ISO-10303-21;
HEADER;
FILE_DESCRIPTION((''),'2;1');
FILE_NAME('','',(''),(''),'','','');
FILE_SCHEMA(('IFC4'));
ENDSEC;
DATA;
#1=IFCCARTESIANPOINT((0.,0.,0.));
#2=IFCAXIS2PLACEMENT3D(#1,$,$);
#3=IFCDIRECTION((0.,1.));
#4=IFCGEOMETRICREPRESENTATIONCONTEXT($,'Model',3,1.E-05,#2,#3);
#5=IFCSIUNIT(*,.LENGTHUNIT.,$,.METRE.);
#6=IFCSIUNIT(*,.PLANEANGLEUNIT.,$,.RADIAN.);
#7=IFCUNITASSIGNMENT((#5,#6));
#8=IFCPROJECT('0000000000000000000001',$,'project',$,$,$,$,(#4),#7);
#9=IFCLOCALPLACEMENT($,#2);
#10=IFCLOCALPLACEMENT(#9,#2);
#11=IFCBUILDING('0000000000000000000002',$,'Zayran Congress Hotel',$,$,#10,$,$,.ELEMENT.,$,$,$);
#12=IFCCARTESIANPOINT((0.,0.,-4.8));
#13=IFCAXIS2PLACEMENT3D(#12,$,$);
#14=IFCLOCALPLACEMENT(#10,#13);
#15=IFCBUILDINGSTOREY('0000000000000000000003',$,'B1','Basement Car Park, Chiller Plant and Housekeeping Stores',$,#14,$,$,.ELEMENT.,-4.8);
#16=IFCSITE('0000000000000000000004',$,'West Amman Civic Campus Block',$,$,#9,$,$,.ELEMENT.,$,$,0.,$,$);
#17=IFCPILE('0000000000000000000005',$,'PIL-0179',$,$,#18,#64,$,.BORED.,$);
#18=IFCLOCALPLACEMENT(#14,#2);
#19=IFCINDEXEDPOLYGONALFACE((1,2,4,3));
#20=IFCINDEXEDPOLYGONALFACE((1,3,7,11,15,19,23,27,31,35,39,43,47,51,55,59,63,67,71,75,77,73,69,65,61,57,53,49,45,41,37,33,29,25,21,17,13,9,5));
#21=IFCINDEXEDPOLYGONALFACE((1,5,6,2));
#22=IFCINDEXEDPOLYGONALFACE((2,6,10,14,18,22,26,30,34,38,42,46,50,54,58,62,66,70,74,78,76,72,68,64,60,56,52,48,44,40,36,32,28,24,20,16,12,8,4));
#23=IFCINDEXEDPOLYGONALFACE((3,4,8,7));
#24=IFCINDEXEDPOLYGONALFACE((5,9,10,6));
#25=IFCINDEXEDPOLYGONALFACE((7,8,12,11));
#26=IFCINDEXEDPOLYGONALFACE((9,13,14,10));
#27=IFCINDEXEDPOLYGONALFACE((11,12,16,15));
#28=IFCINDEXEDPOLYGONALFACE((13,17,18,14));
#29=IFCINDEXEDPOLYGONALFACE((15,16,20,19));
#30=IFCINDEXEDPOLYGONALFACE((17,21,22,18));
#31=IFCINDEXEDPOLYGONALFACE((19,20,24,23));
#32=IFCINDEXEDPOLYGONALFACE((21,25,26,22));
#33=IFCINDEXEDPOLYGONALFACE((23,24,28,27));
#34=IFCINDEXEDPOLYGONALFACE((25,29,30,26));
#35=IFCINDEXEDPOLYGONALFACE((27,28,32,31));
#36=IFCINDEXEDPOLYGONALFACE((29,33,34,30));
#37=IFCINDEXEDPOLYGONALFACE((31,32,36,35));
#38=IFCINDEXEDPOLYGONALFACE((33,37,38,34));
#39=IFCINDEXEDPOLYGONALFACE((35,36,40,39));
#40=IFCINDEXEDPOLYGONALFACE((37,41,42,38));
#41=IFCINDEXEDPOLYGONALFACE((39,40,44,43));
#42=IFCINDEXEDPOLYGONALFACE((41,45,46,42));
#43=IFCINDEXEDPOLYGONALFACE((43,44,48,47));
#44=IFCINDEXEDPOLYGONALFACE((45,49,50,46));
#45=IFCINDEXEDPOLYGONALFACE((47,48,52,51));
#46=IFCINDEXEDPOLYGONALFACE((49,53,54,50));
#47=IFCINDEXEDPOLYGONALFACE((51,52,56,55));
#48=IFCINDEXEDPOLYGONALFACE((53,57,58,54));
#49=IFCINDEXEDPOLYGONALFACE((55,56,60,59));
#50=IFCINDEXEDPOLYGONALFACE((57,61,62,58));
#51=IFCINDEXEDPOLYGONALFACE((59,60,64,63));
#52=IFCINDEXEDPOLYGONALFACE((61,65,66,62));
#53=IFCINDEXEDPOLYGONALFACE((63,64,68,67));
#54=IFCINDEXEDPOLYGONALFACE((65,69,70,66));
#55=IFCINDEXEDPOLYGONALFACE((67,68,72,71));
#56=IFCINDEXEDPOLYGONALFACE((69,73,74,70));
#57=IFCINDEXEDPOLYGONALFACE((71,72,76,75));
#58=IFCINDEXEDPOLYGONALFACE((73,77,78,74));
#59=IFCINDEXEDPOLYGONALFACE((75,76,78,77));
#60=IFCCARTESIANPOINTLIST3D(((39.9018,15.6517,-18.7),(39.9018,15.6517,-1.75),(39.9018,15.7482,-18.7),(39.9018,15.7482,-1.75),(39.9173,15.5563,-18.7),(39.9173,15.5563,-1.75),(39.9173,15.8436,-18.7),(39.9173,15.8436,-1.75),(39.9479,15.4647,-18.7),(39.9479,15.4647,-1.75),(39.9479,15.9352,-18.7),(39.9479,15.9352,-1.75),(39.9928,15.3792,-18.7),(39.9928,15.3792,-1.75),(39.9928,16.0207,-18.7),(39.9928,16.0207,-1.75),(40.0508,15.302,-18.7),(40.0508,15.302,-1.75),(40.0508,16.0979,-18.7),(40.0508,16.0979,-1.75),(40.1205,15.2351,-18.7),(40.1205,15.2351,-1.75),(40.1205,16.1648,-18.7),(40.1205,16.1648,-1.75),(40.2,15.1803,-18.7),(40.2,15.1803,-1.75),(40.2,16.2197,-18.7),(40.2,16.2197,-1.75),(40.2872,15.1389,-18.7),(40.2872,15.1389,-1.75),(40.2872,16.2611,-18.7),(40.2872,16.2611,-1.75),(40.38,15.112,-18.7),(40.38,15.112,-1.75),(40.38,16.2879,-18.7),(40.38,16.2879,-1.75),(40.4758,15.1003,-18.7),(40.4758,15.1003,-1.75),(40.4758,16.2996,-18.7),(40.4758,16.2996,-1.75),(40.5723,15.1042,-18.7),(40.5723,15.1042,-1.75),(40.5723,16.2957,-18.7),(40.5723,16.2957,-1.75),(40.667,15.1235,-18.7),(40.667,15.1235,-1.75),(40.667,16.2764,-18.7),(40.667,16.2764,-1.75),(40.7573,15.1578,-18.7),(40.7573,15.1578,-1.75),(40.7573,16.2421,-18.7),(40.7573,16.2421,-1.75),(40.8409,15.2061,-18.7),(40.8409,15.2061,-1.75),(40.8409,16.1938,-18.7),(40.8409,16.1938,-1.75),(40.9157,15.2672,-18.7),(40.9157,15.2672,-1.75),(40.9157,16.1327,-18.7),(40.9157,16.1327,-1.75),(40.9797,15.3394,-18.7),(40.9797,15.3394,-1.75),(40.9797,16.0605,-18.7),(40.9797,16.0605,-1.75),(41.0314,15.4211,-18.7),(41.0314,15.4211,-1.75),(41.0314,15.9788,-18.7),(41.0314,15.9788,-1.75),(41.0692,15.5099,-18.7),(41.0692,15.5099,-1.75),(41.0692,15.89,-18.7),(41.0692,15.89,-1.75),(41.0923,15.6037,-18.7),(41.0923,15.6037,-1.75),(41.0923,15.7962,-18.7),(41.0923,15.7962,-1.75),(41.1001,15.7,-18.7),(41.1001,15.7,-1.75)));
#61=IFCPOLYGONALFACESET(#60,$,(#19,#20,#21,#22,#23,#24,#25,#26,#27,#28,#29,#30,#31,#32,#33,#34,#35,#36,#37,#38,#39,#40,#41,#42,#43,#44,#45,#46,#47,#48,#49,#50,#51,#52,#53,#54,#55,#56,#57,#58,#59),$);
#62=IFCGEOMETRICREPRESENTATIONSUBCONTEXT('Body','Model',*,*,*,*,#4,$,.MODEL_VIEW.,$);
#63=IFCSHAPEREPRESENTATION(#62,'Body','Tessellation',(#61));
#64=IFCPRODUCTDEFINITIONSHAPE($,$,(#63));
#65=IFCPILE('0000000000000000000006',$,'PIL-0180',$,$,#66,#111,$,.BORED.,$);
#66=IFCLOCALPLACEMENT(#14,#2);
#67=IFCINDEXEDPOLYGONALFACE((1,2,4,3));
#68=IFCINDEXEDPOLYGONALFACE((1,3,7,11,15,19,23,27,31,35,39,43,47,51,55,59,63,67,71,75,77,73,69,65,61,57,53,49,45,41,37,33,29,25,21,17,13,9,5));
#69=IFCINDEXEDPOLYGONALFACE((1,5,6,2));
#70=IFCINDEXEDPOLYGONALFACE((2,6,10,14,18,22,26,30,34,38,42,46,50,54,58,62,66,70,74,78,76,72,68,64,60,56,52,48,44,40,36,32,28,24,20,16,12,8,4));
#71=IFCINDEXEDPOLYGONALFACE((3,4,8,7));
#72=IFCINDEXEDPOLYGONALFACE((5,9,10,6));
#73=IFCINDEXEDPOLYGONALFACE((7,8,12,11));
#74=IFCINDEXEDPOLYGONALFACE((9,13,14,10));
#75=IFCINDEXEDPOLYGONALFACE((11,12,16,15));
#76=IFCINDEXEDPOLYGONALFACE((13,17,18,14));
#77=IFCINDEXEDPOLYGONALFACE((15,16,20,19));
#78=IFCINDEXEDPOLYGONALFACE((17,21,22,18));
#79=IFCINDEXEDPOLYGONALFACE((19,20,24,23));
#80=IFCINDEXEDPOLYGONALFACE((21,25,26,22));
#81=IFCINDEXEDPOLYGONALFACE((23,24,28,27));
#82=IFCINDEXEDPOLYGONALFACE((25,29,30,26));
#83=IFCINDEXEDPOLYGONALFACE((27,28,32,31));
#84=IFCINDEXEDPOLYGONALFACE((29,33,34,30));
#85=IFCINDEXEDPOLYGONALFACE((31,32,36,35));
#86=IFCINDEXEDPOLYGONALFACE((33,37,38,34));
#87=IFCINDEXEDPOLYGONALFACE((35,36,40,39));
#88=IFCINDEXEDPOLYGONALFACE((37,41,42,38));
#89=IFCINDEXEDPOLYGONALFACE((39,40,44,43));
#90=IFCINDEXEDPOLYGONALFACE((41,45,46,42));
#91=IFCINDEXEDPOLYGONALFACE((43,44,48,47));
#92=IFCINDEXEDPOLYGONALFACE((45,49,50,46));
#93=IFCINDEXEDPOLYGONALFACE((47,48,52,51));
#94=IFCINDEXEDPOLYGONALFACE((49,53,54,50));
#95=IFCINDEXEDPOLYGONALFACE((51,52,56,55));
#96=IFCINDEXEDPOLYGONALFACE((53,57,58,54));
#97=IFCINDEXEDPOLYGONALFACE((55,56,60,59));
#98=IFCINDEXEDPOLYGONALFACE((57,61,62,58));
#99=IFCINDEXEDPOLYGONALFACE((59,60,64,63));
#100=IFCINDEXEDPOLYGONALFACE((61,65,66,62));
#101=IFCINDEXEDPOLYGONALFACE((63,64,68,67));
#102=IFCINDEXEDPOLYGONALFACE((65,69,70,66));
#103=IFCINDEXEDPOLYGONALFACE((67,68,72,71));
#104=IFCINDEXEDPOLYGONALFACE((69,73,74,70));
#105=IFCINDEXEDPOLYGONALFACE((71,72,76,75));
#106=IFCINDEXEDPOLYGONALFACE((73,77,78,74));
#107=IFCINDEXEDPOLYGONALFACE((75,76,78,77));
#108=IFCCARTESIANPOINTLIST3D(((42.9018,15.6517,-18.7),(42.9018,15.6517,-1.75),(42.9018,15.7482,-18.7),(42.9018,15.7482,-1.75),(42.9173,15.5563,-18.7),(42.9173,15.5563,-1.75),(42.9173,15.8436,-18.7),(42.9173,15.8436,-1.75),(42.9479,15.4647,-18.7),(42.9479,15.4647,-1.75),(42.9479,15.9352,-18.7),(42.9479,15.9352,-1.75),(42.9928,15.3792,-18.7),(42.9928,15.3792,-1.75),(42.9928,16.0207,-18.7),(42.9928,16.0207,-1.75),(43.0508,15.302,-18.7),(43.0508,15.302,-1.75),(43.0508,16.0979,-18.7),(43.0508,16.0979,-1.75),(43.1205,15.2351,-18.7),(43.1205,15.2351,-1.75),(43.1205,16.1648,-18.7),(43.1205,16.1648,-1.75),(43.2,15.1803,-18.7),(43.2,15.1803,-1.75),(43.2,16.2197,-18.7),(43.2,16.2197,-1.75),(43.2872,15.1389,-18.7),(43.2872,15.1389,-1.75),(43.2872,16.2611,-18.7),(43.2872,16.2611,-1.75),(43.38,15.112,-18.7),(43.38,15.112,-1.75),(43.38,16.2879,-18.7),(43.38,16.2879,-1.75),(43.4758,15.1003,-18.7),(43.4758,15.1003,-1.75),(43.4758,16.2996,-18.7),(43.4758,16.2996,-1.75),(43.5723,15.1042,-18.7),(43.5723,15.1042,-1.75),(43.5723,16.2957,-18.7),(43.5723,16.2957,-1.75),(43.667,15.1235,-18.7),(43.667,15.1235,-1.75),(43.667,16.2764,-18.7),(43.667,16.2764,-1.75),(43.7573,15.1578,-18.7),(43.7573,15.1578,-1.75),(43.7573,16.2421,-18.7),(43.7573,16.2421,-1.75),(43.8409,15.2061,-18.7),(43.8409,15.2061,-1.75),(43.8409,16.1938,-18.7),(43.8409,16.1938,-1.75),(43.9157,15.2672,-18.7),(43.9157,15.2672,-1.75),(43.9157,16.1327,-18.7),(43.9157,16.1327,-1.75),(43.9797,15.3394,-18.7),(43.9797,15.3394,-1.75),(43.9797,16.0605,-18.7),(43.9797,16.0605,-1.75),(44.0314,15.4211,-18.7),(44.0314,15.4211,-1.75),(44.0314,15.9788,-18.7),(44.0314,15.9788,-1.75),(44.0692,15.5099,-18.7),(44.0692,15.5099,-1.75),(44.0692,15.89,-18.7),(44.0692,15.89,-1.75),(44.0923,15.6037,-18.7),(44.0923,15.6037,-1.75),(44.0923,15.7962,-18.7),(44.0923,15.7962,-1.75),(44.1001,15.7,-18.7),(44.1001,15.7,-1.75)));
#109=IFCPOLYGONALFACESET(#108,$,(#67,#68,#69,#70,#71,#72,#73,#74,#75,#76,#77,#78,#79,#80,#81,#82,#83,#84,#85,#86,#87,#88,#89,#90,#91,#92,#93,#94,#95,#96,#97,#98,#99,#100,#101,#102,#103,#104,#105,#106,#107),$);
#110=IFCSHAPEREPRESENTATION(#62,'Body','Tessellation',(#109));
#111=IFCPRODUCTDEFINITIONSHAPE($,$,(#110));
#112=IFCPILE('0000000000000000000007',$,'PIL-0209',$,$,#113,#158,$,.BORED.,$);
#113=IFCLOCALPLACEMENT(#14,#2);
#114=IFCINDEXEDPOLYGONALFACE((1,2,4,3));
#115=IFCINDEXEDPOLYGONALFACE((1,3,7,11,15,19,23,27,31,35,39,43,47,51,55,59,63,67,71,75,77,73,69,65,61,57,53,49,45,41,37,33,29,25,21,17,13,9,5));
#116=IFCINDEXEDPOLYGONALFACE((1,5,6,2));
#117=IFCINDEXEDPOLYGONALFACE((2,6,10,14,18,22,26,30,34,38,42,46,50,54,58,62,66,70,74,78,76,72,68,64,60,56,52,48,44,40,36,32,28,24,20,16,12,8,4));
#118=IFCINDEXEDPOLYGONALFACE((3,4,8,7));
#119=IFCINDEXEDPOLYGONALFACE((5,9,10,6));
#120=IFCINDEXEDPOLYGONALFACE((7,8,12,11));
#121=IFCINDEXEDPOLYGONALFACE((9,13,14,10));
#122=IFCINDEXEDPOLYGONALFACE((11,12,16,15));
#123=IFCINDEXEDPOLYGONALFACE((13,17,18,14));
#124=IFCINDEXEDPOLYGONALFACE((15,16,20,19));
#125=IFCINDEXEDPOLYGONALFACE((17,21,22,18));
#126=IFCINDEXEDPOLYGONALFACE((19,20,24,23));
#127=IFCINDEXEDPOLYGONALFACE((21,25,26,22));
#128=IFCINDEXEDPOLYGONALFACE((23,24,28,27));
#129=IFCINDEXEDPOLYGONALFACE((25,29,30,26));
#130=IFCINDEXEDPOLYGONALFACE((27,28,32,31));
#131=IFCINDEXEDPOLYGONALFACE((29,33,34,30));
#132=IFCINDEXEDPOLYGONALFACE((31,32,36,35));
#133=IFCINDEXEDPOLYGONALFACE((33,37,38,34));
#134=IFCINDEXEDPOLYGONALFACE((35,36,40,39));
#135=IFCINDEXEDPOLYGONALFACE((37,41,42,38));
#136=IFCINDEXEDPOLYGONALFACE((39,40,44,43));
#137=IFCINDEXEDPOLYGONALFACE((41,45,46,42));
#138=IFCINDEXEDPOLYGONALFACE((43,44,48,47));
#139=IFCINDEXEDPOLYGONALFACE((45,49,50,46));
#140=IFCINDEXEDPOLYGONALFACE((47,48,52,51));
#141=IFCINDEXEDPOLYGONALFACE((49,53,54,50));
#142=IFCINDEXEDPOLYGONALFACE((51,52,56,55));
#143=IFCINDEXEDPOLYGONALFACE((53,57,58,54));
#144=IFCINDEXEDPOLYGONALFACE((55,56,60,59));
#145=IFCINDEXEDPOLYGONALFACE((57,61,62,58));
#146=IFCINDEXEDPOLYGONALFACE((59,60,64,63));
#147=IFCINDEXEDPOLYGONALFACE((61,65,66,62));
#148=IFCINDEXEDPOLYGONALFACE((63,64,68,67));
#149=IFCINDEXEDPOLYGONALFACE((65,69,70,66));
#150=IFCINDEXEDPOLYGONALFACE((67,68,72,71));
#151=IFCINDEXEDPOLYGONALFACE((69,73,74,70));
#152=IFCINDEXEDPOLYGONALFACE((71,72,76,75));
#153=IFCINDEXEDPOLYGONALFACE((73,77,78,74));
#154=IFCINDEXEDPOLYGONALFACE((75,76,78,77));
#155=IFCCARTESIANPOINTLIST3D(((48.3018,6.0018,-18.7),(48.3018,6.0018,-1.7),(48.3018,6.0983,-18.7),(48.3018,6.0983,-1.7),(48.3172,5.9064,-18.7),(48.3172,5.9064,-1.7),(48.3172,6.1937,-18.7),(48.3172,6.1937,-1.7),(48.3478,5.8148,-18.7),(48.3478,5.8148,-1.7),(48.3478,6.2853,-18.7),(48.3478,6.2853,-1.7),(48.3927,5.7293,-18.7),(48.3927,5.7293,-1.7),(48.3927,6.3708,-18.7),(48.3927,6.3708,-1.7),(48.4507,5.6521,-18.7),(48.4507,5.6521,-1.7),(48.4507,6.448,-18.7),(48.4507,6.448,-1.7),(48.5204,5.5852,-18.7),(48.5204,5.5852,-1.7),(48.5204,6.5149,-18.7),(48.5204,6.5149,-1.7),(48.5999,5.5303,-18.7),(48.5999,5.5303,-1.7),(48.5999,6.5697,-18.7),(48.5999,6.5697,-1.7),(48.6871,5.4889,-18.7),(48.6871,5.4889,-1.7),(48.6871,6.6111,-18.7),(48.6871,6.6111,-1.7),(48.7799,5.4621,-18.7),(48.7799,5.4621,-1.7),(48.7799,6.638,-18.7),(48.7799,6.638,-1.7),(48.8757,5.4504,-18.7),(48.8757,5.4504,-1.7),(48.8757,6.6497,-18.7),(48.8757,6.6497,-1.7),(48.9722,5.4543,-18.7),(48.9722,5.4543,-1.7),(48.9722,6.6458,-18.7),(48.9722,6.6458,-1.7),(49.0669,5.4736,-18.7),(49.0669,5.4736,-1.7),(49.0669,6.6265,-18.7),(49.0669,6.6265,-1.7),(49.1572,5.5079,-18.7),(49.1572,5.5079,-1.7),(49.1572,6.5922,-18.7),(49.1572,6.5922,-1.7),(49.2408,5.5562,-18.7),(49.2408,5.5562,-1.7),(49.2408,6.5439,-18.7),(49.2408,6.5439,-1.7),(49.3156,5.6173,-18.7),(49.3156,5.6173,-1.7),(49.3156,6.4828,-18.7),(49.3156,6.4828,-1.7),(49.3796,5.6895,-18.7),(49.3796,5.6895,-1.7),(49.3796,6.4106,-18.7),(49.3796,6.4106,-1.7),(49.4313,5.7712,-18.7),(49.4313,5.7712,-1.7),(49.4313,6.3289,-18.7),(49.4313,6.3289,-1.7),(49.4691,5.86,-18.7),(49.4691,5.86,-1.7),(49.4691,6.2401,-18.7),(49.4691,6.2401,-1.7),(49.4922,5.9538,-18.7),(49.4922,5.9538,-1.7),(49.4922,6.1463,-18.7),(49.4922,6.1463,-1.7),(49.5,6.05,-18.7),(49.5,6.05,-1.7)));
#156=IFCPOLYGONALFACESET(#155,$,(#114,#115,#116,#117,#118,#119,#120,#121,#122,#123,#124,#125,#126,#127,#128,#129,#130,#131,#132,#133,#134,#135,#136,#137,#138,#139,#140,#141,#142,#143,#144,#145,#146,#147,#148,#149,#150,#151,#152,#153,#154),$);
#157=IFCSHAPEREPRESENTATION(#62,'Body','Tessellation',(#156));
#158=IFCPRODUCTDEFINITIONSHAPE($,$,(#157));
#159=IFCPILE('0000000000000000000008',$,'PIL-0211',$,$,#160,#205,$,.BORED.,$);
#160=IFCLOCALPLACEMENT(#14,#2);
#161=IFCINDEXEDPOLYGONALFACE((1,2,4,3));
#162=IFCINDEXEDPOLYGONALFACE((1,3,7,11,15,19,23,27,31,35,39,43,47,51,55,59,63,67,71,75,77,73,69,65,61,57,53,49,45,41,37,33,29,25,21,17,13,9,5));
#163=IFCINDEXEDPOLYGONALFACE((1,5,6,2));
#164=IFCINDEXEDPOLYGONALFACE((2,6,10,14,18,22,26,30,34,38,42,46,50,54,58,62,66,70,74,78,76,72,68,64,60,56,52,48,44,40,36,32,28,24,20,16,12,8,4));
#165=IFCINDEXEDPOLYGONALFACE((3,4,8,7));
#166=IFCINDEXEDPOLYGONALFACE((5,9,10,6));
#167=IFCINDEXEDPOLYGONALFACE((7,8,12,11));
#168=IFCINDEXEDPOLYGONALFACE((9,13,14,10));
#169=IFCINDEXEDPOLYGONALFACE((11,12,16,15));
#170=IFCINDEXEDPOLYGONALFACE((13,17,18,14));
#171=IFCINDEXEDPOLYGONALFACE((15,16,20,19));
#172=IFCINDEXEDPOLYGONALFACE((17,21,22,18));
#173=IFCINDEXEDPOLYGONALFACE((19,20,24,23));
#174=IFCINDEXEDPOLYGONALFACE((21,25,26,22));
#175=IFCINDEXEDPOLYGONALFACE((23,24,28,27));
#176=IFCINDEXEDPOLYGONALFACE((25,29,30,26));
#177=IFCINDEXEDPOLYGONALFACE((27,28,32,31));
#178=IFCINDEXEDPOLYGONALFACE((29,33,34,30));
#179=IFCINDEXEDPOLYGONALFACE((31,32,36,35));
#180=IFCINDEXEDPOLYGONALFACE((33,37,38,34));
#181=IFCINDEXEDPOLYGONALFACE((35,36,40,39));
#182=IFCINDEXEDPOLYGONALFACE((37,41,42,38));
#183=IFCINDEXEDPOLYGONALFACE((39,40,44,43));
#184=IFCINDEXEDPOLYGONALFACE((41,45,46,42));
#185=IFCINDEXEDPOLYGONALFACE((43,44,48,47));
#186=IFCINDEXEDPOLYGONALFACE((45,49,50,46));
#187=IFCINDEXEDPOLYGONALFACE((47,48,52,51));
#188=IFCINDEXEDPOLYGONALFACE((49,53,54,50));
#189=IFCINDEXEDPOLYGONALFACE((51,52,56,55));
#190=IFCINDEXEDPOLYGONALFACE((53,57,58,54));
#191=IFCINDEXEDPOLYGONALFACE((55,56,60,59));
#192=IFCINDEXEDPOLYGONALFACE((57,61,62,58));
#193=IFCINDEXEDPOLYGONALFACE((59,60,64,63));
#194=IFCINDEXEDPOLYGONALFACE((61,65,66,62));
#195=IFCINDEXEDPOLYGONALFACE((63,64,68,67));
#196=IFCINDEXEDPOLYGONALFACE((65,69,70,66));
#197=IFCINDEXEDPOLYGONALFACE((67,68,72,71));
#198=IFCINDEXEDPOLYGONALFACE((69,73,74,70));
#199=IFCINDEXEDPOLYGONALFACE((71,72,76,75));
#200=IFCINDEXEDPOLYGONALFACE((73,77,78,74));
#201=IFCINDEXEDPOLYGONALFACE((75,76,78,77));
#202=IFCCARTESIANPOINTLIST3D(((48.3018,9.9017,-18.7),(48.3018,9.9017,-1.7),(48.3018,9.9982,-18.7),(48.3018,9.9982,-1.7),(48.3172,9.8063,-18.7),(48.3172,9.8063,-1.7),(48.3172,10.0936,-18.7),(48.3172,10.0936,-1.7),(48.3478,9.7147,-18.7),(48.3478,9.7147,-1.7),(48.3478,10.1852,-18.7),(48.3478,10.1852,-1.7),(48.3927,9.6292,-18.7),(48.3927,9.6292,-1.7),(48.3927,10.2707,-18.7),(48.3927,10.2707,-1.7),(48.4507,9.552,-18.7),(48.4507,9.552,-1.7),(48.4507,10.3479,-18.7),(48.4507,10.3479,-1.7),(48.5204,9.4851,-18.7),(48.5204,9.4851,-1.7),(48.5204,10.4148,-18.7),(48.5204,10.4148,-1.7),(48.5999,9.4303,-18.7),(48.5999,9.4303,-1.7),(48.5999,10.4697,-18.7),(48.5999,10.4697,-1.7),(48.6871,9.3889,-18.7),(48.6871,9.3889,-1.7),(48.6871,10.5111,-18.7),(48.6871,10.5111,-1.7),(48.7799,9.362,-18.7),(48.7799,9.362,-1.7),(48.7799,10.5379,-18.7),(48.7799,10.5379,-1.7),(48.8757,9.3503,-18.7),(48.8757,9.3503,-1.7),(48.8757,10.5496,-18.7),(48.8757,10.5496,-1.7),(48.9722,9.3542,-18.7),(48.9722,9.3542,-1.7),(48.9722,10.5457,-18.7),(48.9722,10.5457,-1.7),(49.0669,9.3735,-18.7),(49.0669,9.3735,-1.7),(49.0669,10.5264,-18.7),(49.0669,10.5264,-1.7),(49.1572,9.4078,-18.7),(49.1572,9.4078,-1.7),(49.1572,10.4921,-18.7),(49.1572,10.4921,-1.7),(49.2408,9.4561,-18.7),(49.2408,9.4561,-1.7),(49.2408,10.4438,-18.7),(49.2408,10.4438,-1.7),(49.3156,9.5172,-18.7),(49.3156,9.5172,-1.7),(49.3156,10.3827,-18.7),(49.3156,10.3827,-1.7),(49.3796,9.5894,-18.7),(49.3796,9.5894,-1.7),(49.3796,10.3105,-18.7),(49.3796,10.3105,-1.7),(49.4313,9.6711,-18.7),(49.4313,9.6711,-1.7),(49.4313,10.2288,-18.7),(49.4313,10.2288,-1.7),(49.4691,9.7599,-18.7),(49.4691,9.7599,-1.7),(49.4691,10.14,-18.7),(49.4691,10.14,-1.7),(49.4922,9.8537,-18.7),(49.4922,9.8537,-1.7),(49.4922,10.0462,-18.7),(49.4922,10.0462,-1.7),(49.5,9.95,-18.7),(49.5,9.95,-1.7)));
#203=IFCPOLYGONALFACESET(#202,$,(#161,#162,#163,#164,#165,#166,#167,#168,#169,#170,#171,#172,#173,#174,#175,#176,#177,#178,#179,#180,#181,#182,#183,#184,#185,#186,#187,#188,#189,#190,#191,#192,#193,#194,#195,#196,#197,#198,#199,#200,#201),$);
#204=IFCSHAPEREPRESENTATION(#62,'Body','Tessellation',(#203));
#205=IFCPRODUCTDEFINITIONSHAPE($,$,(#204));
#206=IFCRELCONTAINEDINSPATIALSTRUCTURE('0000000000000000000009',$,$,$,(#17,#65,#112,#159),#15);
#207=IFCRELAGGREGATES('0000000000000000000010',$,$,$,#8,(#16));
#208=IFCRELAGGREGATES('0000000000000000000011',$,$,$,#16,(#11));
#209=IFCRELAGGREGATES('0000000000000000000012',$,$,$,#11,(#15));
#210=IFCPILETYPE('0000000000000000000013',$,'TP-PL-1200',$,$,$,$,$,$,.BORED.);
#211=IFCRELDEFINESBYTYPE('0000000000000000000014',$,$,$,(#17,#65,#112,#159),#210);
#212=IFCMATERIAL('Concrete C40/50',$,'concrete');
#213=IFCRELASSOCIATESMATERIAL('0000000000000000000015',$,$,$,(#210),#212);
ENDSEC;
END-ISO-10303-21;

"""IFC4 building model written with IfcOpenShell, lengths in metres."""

from ifc_helpers import new_model, si_unit, direction, frame, origin, origin_2d, place, context, subcontext, project, spatial, circle, extrude, material, material_profile, profile_set, type_object, element, save


model = new_model("IFC4")

# Units and contexts
model_context = context("Model", 3, precision=1e-05, world=origin(), true_north=direction((0.0, 1.0)))
body_context = subcontext(model_context, "Body", "Model", "MODEL_VIEW")
ifc_project = project(units=[si_unit("LENGTHUNIT", "METRE"), si_unit("PLANEANGLEUNIT", "RADIAN")], contexts=[model_context])

# Site, building, storey
site_placement = place(None, origin())
site = spatial("IfcSite", under=ifc_project, at=site_placement, Name="West Amman Civic Campus Block", CompositionType="ELEMENT", RefElevation=0.0)
building_placement = place(site_placement, origin())
building = spatial("IfcBuilding", under=site, at=building_placement, Name="Zayran Congress Hotel", CompositionType="ELEMENT")
storey_placement = place(building_placement, frame((0.0, 0.0, -4.8)))
storey = spatial("IfcBuildingStorey", under=building, at=storey_placement, Name="B1", Description="Basement Car Park, Chiller Plant and Housekeeping Stores", CompositionType="ELEMENT", Elevation=-4.8)

# Piles
ifc_material_1 = material(Name="Concrete C40/50", Category="concrete")
ifc_material_profile_1 = material_profile(ifc_material_1, circle(Radius=0.6001, at=origin_2d()), Name="PILE D1200")
ifc_profile_set_1 = profile_set([ifc_material_profile_1], Name="Concrete C40/50")
pile_type = type_object("IfcPileType", Name="TP-PL-1200", PredefinedType="BORED", material=ifc_profile_set_1)
for number, where, z_axis, x_axis, name in (
    (1, (40.5, 15.7, -1.75), (0.0, 0.0, -1.0), (1.0, 0.0, 0.0), "PIL-0179"),
    (2, (43.5, 15.7, -1.75), (0.0, 0.0, -1.0), (1.0, 0.0, 0.0), "PIL-0180"),
):
    element("IfcPile", number, at=place(storey_placement, frame(where, z_axis=z_axis, x_axis=x_axis)), inside=storey, type_object=pile_type, Name=name, PredefinedType="BORED", context=body_context, shape_type="SweptSolid", body=[
        extrude(circle(Radius=0.6001, at=origin_2d()), origin(), (0.0, 0.0, 1.0), 16.95),
    ])
for number, where, z_axis, x_axis, name in (
    (3, (48.8999, 6.05, -1.7), (0.0, 0.0, -1.0), (1.0, 0.0, 0.0), "PIL-0209"),
    (4, (48.8999, 9.95, -1.7), (0.0, 0.0, -1.0), (1.0, 0.0, 0.0), "PIL-0211"),
):
    element("IfcPile", number, at=place(storey_placement, frame(where, z_axis=z_axis, x_axis=x_axis)), inside=storey, type_object=pile_type, Name=name, PredefinedType="BORED", context=body_context, shape_type="SweptSolid", body=[
        extrude(circle(Radius=0.6001, at=origin_2d()), origin(), (0.0, 0.0, 1.0), 17.0),
    ])

save(model, "model.ifc")
